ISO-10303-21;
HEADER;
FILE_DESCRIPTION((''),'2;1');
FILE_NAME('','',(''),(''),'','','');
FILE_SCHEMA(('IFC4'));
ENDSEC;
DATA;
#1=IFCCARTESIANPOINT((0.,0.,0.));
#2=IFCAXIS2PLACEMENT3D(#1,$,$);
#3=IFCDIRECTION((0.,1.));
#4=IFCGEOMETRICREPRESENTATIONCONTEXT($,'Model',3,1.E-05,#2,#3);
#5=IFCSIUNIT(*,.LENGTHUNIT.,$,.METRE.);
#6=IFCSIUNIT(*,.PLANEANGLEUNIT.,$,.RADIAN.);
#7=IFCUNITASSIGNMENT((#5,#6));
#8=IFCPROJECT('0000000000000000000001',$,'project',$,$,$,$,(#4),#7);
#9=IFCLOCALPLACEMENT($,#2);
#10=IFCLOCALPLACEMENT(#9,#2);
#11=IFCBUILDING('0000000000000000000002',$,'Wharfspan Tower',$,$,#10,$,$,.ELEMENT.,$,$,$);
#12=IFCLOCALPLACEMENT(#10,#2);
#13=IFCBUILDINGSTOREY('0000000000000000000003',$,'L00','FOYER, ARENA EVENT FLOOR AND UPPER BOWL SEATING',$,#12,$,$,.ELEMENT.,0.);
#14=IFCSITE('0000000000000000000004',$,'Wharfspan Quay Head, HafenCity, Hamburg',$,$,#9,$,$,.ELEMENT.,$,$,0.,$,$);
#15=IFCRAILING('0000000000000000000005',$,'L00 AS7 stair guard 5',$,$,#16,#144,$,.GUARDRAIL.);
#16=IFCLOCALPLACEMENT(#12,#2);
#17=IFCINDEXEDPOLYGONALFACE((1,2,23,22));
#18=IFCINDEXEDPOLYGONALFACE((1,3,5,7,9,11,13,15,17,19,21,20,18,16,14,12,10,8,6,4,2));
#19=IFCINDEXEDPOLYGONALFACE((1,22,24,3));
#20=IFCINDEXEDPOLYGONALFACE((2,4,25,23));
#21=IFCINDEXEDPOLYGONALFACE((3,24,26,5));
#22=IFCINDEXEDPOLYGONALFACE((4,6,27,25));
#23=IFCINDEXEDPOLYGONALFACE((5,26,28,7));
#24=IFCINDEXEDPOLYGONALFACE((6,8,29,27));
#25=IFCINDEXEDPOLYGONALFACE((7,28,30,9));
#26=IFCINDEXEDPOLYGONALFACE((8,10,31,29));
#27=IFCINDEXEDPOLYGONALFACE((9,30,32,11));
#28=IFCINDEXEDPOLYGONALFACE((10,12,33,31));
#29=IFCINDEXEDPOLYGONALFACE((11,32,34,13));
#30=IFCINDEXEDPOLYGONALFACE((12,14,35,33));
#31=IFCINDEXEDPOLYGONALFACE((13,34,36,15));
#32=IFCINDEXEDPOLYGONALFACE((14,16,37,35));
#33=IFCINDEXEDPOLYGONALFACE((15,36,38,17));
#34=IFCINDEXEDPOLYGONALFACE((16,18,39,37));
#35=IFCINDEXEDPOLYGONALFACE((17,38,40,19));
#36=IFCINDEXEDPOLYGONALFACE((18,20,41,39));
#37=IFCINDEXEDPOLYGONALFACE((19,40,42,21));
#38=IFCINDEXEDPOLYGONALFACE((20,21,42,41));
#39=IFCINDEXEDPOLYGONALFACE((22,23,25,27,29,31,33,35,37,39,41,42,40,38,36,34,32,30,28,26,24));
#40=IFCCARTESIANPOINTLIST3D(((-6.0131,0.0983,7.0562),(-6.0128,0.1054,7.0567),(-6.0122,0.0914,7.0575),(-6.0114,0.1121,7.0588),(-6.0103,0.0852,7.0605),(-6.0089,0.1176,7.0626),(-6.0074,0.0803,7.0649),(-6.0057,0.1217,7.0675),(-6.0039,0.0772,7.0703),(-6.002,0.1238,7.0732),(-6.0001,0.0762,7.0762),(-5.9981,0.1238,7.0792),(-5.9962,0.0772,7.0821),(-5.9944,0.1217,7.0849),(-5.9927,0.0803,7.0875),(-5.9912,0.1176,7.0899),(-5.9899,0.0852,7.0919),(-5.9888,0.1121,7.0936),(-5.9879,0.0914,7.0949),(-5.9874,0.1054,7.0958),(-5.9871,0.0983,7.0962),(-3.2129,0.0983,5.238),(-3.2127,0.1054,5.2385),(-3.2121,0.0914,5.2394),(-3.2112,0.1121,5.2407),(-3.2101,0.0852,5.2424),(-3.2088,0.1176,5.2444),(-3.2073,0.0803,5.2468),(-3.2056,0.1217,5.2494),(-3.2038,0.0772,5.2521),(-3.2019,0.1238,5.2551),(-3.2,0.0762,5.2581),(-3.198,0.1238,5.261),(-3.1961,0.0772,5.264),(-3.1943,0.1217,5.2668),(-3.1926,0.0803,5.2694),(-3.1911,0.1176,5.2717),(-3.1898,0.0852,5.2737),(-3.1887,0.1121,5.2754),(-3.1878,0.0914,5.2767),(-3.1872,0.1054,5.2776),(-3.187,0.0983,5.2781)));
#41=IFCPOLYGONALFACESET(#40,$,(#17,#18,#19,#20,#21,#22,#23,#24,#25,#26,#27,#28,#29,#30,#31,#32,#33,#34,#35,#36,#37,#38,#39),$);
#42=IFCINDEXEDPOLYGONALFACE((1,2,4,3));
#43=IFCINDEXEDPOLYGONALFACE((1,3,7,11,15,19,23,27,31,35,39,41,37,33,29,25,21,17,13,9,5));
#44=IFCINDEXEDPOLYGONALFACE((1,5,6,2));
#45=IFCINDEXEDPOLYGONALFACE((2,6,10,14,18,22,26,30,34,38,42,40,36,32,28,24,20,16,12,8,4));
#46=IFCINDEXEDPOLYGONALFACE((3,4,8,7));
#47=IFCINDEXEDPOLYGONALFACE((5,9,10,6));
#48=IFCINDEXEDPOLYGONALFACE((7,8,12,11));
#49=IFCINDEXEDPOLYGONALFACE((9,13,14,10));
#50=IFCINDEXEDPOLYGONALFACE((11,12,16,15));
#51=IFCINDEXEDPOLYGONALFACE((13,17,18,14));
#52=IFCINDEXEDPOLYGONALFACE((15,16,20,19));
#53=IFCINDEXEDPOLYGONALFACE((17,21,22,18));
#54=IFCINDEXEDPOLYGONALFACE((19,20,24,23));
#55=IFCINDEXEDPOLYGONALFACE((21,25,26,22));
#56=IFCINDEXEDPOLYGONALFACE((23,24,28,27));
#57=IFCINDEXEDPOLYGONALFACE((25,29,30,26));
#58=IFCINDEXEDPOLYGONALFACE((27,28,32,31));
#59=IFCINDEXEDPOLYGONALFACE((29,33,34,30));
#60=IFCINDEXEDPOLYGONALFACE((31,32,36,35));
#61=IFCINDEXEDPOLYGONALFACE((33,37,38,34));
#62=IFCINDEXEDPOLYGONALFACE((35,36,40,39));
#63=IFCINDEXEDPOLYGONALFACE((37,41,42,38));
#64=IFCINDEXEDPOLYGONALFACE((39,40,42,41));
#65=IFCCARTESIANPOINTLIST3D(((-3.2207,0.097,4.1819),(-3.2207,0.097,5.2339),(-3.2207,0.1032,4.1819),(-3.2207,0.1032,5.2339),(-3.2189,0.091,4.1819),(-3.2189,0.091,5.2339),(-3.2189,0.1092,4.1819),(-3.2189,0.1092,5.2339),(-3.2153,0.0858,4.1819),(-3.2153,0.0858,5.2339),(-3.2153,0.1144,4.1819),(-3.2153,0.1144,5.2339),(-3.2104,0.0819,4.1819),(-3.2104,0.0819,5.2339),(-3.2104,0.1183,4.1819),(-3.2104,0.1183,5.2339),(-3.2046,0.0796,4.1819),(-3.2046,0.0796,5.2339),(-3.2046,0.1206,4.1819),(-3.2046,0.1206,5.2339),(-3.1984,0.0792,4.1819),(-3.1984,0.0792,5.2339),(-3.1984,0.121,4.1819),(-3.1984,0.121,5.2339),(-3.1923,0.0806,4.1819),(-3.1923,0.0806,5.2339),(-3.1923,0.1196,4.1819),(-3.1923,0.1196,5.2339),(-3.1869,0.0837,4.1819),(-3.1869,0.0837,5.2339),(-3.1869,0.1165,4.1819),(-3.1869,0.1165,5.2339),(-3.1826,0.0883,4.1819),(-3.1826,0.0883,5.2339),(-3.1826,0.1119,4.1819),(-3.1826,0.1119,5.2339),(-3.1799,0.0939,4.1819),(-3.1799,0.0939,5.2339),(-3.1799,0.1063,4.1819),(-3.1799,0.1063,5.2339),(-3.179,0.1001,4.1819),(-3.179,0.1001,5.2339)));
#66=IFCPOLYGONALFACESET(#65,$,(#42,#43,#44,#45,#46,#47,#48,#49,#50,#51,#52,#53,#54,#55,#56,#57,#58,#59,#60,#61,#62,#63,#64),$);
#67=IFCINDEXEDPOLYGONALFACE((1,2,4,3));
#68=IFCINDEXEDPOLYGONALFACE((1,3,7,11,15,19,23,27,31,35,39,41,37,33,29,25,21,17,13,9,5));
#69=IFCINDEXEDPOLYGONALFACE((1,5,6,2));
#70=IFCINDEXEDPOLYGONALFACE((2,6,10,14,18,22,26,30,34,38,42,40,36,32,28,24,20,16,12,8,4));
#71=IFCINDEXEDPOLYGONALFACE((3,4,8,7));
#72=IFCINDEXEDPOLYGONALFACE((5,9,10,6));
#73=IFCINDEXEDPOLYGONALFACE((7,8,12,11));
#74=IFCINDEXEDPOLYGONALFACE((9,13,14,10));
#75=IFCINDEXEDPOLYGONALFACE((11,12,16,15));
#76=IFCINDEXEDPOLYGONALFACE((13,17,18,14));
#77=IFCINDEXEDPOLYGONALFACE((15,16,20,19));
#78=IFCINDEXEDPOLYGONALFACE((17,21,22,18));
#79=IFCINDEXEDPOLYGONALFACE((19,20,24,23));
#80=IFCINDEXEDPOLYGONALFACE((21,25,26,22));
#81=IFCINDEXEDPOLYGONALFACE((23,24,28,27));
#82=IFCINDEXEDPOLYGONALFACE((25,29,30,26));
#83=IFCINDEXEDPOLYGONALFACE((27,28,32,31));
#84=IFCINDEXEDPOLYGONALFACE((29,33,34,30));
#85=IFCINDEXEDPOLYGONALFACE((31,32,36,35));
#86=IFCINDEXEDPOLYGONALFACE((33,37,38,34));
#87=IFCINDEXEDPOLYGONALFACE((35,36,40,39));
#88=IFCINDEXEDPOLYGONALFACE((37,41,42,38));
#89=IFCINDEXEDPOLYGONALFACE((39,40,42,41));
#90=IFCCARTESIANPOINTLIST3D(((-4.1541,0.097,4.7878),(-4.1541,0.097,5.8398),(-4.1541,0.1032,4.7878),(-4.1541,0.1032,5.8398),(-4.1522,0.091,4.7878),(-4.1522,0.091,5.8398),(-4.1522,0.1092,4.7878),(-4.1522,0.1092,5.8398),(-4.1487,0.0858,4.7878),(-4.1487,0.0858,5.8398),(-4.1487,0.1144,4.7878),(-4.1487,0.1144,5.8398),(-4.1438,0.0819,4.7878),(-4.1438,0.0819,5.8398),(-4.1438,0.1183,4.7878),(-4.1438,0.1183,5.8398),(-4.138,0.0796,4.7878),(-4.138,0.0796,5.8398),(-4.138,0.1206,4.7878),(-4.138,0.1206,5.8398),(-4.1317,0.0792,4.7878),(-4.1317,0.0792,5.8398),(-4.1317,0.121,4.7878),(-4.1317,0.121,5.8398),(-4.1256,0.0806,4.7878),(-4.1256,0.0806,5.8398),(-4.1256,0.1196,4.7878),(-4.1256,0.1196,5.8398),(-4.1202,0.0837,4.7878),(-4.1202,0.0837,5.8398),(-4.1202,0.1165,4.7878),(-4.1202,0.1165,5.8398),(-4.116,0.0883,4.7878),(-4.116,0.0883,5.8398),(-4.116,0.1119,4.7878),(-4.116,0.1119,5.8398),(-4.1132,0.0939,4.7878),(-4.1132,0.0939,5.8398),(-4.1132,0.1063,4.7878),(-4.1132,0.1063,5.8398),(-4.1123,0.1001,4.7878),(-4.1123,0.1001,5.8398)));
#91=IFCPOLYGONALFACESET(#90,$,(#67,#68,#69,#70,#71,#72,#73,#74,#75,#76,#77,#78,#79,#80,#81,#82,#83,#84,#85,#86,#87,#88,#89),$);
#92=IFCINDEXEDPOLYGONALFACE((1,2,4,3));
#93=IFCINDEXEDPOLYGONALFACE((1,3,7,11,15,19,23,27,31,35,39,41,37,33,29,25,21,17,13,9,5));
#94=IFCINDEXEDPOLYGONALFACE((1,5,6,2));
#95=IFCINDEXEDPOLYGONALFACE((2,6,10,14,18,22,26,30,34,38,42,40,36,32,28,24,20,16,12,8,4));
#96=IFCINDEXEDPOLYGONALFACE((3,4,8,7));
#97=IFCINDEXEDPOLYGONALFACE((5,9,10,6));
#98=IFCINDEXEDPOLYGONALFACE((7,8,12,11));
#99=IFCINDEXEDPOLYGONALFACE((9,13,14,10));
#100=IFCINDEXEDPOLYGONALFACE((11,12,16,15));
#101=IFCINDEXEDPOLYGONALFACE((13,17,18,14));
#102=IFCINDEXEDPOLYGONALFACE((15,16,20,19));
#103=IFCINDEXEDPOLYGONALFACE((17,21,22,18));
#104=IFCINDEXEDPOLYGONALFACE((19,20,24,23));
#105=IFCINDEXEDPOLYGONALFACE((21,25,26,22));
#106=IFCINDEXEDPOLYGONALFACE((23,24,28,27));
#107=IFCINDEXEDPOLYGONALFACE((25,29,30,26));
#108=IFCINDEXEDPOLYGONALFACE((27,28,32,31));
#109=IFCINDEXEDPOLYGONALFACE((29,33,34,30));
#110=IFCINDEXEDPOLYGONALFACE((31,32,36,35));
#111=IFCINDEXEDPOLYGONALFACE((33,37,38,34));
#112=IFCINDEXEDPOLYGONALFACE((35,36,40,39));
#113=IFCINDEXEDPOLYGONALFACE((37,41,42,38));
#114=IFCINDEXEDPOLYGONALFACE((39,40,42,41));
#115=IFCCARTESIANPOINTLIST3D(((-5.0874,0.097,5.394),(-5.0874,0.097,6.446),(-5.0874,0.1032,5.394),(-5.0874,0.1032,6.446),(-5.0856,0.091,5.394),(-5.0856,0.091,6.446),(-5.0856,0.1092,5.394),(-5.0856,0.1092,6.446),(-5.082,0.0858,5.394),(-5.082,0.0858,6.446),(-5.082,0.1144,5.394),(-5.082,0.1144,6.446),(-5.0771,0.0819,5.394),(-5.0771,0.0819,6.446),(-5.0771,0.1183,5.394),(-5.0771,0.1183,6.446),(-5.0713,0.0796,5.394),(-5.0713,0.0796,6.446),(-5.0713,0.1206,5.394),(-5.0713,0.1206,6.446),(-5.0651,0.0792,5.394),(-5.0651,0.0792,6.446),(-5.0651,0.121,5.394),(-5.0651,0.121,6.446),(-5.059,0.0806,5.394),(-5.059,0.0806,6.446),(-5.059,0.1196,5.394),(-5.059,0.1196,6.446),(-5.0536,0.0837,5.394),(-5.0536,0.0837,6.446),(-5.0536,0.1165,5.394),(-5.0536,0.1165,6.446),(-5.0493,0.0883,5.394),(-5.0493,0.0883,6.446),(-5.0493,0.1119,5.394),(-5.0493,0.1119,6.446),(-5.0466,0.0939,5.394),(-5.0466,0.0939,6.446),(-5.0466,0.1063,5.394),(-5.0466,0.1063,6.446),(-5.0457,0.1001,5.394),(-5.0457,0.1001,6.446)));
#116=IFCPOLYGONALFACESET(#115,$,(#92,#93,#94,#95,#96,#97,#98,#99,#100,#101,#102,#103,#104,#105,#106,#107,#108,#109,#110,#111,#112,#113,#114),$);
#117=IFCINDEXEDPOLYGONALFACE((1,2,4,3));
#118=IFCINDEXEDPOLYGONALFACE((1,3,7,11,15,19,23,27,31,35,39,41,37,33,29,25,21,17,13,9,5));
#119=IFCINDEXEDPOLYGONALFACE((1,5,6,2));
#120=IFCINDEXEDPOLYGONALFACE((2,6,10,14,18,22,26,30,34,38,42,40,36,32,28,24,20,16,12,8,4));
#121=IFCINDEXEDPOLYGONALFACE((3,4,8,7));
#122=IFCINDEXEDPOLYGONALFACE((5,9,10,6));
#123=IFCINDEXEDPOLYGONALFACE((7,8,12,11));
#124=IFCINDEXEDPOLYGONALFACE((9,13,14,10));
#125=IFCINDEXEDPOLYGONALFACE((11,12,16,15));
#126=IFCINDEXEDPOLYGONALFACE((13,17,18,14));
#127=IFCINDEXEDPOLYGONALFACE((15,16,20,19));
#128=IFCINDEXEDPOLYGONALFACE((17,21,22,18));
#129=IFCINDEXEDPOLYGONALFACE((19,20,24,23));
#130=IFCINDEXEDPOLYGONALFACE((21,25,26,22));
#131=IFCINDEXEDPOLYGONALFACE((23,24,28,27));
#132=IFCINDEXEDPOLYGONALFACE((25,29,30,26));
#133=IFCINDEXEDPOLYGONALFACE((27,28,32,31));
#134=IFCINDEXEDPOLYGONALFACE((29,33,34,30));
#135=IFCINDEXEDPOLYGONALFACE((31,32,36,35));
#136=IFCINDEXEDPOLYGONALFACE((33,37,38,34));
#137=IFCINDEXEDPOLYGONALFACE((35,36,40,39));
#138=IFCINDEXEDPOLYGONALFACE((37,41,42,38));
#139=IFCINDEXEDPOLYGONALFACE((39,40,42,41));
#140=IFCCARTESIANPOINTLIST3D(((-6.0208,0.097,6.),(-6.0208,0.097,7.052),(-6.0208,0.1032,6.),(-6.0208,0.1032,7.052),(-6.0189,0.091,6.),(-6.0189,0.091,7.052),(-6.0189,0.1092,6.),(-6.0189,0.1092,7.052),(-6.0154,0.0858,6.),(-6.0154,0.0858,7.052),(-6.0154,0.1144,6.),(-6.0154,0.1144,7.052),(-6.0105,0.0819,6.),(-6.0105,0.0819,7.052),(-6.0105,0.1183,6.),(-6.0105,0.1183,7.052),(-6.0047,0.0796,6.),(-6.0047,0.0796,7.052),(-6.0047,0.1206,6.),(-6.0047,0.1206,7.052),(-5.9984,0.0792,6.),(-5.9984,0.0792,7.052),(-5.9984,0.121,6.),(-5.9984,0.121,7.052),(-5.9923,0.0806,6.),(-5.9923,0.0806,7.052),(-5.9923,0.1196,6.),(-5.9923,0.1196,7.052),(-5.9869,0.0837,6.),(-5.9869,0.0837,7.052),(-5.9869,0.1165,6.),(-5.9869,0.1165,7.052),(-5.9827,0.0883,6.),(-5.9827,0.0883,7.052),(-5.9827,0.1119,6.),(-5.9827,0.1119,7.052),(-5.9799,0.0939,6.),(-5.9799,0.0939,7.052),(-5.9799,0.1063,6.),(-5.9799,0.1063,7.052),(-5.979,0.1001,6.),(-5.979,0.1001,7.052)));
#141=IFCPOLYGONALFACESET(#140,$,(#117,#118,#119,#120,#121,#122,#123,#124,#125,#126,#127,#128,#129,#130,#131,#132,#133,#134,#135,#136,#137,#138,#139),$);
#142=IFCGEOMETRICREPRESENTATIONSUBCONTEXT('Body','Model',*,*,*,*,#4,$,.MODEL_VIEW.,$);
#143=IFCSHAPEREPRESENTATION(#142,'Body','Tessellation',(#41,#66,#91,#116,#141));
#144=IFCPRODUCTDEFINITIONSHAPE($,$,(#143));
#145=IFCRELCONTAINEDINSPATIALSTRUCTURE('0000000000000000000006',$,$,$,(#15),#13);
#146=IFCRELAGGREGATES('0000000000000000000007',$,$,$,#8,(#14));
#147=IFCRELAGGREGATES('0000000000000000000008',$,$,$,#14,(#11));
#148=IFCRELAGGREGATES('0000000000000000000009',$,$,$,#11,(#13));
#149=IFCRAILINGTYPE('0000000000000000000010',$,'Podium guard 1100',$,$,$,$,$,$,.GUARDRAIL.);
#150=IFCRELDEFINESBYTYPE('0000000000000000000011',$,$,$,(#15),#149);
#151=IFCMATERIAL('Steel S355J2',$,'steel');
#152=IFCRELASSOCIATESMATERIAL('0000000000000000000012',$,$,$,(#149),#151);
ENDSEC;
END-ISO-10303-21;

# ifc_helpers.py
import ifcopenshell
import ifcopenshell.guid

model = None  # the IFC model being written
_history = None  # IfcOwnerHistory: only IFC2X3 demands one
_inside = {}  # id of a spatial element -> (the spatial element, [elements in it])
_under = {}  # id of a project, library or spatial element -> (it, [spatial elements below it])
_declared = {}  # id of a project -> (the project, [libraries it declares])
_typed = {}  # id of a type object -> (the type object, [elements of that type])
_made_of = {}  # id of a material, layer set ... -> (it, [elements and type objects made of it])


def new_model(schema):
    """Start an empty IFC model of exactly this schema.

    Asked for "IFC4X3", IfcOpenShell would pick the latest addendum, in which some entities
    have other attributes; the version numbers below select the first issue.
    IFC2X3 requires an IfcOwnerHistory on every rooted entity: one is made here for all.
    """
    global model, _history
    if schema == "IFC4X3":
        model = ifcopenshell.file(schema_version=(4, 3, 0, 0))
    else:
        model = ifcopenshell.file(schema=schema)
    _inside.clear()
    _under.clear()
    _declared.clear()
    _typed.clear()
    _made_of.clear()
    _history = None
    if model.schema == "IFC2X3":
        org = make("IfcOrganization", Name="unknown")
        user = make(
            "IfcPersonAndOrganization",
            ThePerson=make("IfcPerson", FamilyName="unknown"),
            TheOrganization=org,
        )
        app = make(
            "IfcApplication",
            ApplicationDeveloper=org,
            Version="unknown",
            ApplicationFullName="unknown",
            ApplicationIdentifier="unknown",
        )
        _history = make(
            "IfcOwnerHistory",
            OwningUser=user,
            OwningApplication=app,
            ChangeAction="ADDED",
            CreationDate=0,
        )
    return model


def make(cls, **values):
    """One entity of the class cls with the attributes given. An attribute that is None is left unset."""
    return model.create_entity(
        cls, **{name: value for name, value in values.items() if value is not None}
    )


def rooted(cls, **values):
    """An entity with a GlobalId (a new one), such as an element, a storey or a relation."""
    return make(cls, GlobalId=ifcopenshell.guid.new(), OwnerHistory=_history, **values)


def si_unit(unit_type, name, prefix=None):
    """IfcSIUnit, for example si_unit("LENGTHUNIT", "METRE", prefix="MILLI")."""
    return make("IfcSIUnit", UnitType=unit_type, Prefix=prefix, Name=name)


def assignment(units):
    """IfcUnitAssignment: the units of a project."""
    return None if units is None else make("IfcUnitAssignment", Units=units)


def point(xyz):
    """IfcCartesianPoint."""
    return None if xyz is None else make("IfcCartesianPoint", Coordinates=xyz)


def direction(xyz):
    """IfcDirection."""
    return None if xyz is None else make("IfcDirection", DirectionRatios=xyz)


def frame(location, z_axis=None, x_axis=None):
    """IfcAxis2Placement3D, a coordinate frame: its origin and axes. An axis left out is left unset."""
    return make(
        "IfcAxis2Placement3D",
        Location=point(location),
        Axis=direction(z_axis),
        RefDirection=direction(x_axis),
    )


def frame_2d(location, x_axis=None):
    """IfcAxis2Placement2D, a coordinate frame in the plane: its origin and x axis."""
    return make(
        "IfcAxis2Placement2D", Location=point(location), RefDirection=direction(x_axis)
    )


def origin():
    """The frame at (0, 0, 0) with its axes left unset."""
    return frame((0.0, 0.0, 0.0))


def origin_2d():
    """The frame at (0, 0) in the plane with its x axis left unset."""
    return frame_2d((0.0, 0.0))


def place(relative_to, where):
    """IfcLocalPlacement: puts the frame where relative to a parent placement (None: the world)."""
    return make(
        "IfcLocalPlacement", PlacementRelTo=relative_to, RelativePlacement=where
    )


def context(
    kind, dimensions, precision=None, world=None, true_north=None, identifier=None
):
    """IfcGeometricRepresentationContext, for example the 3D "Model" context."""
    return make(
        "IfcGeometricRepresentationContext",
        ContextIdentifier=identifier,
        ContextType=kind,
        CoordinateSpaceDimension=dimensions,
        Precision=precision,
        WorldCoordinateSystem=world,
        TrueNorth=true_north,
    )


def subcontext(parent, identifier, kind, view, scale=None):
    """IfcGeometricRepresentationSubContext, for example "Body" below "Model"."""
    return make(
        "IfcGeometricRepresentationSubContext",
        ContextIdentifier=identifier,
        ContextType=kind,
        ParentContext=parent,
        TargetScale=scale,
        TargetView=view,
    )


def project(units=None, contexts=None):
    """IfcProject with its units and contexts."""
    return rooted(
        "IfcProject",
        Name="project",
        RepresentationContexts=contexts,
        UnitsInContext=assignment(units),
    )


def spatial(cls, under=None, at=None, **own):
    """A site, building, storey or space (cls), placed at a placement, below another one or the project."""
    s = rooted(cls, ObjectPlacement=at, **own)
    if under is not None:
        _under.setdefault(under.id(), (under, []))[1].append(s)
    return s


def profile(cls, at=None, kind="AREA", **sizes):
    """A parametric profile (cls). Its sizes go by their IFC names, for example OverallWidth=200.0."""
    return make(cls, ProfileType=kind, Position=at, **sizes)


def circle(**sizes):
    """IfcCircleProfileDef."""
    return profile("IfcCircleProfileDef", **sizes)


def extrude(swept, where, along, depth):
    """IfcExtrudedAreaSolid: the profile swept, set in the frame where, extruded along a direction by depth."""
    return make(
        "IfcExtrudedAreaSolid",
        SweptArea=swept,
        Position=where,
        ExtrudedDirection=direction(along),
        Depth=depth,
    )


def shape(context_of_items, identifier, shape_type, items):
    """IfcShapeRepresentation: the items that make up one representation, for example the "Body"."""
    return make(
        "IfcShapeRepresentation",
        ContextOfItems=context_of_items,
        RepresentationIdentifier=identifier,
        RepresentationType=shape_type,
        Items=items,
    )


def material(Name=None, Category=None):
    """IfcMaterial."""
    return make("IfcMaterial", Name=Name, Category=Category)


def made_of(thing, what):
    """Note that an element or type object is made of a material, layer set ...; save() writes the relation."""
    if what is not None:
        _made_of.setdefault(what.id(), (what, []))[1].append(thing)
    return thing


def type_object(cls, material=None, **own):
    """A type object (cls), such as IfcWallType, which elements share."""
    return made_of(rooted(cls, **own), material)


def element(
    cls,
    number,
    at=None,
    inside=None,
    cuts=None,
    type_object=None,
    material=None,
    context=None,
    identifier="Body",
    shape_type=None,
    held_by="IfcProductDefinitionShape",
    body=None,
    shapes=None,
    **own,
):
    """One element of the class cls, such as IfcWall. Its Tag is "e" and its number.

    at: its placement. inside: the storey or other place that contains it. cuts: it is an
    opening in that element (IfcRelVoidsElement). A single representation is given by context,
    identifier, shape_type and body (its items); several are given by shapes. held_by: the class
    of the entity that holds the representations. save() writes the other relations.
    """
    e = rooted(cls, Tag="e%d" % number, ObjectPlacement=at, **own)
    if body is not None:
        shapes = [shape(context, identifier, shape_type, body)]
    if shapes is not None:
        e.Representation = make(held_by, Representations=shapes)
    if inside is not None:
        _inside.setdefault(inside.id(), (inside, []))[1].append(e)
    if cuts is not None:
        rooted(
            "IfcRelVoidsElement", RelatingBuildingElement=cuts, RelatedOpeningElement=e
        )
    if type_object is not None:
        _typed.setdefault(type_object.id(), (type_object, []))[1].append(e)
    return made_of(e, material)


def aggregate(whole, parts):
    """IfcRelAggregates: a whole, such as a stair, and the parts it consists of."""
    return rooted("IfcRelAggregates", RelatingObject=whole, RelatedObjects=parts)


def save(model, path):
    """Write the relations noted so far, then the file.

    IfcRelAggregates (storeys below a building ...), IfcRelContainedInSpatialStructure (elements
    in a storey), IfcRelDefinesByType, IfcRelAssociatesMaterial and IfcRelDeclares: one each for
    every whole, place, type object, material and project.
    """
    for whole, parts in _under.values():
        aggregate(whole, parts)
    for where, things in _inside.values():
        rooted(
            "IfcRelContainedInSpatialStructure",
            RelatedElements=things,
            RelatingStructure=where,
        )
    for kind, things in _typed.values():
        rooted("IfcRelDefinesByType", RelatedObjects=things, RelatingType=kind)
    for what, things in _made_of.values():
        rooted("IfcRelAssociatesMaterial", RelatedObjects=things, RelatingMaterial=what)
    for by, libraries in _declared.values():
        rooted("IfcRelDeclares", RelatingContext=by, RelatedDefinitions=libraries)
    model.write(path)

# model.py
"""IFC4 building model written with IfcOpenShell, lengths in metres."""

from ifc_helpers import new_model, si_unit, direction, frame, origin, origin_2d, place, context, subcontext, project, spatial, circle, extrude, material, type_object, element, save


model = new_model("IFC4")

# Units and contexts
model_context = context("Model", 3, precision=1e-05, world=origin(), true_north=direction((0.0, 1.0)))
body_context = subcontext(model_context, "Body", "Model", "MODEL_VIEW")
ifc_project = project(units=[si_unit("LENGTHUNIT", "METRE"), si_unit("PLANEANGLEUNIT", "RADIAN")], contexts=[model_context])

# Site, building, storey
site_placement = place(None, origin())
site = spatial("IfcSite", under=ifc_project, at=site_placement, Name="Wharfspan Quay Head, HafenCity, Hamburg", CompositionType="ELEMENT", RefElevation=0.0)
building_placement = place(site_placement, origin())
building = spatial("IfcBuilding", under=site, at=building_placement, Name="Wharfspan Tower", CompositionType="ELEMENT")
storey_placement = place(building_placement, origin())
storey = spatial("IfcBuildingStorey", under=building, at=storey_placement, Name="L00", Description="FOYER, ARENA EVENT FLOOR AND UPPER BOWL SEATING", CompositionType="ELEMENT", Elevation=0.0)

# Shared definitions
ifc_material_1 = material(Name="Steel S355J2", Category="steel")

# Railing
railing_type_1 = type_object("IfcRailingType", Name="Podium guard 1100", PredefinedType="GUARDRAIL", material=ifc_material_1)
railing_1_placement = place(storey_placement, frame((-3.2, 0.1001, 4.1819)))
element("IfcRailing", 1, at=railing_1_placement, inside=storey, type_object=railing_type_1, Name="L00 AS7 stair guard 5", PredefinedType="GUARDRAIL", context=body_context, shape_type="SweptSolid", body=[
    extrude(circle(Radius=0.0239, at=origin_2d()), frame((0.0, 0.0, 1.0762), z_axis=(-0.838706, 0.0, 0.544585), x_axis=(0.0, -1.0, 0.0)), (0.0, 0.0, 1.0), 3.3386),
    extrude(circle(Radius=0.021, at=origin_2d()), origin(), (0.0, 0.0, 1.0), 1.052),
    extrude(circle(Radius=0.021, at=origin_2d()), frame((-0.9334, 0.0, 0.606)), (0.0, 0.0, 1.0), 1.052),
    extrude(circle(Radius=0.021, at=origin_2d()), frame((-1.8667, 0.0, 1.2122)), (0.0, 0.0, 1.0), 1.052),
    extrude(circle(Radius=0.021, at=origin_2d()), frame((-2.8, 0.0, 1.8181)), (0.0, 0.0, 1.0), 1.052),
])

save(model, "model.ifc")
